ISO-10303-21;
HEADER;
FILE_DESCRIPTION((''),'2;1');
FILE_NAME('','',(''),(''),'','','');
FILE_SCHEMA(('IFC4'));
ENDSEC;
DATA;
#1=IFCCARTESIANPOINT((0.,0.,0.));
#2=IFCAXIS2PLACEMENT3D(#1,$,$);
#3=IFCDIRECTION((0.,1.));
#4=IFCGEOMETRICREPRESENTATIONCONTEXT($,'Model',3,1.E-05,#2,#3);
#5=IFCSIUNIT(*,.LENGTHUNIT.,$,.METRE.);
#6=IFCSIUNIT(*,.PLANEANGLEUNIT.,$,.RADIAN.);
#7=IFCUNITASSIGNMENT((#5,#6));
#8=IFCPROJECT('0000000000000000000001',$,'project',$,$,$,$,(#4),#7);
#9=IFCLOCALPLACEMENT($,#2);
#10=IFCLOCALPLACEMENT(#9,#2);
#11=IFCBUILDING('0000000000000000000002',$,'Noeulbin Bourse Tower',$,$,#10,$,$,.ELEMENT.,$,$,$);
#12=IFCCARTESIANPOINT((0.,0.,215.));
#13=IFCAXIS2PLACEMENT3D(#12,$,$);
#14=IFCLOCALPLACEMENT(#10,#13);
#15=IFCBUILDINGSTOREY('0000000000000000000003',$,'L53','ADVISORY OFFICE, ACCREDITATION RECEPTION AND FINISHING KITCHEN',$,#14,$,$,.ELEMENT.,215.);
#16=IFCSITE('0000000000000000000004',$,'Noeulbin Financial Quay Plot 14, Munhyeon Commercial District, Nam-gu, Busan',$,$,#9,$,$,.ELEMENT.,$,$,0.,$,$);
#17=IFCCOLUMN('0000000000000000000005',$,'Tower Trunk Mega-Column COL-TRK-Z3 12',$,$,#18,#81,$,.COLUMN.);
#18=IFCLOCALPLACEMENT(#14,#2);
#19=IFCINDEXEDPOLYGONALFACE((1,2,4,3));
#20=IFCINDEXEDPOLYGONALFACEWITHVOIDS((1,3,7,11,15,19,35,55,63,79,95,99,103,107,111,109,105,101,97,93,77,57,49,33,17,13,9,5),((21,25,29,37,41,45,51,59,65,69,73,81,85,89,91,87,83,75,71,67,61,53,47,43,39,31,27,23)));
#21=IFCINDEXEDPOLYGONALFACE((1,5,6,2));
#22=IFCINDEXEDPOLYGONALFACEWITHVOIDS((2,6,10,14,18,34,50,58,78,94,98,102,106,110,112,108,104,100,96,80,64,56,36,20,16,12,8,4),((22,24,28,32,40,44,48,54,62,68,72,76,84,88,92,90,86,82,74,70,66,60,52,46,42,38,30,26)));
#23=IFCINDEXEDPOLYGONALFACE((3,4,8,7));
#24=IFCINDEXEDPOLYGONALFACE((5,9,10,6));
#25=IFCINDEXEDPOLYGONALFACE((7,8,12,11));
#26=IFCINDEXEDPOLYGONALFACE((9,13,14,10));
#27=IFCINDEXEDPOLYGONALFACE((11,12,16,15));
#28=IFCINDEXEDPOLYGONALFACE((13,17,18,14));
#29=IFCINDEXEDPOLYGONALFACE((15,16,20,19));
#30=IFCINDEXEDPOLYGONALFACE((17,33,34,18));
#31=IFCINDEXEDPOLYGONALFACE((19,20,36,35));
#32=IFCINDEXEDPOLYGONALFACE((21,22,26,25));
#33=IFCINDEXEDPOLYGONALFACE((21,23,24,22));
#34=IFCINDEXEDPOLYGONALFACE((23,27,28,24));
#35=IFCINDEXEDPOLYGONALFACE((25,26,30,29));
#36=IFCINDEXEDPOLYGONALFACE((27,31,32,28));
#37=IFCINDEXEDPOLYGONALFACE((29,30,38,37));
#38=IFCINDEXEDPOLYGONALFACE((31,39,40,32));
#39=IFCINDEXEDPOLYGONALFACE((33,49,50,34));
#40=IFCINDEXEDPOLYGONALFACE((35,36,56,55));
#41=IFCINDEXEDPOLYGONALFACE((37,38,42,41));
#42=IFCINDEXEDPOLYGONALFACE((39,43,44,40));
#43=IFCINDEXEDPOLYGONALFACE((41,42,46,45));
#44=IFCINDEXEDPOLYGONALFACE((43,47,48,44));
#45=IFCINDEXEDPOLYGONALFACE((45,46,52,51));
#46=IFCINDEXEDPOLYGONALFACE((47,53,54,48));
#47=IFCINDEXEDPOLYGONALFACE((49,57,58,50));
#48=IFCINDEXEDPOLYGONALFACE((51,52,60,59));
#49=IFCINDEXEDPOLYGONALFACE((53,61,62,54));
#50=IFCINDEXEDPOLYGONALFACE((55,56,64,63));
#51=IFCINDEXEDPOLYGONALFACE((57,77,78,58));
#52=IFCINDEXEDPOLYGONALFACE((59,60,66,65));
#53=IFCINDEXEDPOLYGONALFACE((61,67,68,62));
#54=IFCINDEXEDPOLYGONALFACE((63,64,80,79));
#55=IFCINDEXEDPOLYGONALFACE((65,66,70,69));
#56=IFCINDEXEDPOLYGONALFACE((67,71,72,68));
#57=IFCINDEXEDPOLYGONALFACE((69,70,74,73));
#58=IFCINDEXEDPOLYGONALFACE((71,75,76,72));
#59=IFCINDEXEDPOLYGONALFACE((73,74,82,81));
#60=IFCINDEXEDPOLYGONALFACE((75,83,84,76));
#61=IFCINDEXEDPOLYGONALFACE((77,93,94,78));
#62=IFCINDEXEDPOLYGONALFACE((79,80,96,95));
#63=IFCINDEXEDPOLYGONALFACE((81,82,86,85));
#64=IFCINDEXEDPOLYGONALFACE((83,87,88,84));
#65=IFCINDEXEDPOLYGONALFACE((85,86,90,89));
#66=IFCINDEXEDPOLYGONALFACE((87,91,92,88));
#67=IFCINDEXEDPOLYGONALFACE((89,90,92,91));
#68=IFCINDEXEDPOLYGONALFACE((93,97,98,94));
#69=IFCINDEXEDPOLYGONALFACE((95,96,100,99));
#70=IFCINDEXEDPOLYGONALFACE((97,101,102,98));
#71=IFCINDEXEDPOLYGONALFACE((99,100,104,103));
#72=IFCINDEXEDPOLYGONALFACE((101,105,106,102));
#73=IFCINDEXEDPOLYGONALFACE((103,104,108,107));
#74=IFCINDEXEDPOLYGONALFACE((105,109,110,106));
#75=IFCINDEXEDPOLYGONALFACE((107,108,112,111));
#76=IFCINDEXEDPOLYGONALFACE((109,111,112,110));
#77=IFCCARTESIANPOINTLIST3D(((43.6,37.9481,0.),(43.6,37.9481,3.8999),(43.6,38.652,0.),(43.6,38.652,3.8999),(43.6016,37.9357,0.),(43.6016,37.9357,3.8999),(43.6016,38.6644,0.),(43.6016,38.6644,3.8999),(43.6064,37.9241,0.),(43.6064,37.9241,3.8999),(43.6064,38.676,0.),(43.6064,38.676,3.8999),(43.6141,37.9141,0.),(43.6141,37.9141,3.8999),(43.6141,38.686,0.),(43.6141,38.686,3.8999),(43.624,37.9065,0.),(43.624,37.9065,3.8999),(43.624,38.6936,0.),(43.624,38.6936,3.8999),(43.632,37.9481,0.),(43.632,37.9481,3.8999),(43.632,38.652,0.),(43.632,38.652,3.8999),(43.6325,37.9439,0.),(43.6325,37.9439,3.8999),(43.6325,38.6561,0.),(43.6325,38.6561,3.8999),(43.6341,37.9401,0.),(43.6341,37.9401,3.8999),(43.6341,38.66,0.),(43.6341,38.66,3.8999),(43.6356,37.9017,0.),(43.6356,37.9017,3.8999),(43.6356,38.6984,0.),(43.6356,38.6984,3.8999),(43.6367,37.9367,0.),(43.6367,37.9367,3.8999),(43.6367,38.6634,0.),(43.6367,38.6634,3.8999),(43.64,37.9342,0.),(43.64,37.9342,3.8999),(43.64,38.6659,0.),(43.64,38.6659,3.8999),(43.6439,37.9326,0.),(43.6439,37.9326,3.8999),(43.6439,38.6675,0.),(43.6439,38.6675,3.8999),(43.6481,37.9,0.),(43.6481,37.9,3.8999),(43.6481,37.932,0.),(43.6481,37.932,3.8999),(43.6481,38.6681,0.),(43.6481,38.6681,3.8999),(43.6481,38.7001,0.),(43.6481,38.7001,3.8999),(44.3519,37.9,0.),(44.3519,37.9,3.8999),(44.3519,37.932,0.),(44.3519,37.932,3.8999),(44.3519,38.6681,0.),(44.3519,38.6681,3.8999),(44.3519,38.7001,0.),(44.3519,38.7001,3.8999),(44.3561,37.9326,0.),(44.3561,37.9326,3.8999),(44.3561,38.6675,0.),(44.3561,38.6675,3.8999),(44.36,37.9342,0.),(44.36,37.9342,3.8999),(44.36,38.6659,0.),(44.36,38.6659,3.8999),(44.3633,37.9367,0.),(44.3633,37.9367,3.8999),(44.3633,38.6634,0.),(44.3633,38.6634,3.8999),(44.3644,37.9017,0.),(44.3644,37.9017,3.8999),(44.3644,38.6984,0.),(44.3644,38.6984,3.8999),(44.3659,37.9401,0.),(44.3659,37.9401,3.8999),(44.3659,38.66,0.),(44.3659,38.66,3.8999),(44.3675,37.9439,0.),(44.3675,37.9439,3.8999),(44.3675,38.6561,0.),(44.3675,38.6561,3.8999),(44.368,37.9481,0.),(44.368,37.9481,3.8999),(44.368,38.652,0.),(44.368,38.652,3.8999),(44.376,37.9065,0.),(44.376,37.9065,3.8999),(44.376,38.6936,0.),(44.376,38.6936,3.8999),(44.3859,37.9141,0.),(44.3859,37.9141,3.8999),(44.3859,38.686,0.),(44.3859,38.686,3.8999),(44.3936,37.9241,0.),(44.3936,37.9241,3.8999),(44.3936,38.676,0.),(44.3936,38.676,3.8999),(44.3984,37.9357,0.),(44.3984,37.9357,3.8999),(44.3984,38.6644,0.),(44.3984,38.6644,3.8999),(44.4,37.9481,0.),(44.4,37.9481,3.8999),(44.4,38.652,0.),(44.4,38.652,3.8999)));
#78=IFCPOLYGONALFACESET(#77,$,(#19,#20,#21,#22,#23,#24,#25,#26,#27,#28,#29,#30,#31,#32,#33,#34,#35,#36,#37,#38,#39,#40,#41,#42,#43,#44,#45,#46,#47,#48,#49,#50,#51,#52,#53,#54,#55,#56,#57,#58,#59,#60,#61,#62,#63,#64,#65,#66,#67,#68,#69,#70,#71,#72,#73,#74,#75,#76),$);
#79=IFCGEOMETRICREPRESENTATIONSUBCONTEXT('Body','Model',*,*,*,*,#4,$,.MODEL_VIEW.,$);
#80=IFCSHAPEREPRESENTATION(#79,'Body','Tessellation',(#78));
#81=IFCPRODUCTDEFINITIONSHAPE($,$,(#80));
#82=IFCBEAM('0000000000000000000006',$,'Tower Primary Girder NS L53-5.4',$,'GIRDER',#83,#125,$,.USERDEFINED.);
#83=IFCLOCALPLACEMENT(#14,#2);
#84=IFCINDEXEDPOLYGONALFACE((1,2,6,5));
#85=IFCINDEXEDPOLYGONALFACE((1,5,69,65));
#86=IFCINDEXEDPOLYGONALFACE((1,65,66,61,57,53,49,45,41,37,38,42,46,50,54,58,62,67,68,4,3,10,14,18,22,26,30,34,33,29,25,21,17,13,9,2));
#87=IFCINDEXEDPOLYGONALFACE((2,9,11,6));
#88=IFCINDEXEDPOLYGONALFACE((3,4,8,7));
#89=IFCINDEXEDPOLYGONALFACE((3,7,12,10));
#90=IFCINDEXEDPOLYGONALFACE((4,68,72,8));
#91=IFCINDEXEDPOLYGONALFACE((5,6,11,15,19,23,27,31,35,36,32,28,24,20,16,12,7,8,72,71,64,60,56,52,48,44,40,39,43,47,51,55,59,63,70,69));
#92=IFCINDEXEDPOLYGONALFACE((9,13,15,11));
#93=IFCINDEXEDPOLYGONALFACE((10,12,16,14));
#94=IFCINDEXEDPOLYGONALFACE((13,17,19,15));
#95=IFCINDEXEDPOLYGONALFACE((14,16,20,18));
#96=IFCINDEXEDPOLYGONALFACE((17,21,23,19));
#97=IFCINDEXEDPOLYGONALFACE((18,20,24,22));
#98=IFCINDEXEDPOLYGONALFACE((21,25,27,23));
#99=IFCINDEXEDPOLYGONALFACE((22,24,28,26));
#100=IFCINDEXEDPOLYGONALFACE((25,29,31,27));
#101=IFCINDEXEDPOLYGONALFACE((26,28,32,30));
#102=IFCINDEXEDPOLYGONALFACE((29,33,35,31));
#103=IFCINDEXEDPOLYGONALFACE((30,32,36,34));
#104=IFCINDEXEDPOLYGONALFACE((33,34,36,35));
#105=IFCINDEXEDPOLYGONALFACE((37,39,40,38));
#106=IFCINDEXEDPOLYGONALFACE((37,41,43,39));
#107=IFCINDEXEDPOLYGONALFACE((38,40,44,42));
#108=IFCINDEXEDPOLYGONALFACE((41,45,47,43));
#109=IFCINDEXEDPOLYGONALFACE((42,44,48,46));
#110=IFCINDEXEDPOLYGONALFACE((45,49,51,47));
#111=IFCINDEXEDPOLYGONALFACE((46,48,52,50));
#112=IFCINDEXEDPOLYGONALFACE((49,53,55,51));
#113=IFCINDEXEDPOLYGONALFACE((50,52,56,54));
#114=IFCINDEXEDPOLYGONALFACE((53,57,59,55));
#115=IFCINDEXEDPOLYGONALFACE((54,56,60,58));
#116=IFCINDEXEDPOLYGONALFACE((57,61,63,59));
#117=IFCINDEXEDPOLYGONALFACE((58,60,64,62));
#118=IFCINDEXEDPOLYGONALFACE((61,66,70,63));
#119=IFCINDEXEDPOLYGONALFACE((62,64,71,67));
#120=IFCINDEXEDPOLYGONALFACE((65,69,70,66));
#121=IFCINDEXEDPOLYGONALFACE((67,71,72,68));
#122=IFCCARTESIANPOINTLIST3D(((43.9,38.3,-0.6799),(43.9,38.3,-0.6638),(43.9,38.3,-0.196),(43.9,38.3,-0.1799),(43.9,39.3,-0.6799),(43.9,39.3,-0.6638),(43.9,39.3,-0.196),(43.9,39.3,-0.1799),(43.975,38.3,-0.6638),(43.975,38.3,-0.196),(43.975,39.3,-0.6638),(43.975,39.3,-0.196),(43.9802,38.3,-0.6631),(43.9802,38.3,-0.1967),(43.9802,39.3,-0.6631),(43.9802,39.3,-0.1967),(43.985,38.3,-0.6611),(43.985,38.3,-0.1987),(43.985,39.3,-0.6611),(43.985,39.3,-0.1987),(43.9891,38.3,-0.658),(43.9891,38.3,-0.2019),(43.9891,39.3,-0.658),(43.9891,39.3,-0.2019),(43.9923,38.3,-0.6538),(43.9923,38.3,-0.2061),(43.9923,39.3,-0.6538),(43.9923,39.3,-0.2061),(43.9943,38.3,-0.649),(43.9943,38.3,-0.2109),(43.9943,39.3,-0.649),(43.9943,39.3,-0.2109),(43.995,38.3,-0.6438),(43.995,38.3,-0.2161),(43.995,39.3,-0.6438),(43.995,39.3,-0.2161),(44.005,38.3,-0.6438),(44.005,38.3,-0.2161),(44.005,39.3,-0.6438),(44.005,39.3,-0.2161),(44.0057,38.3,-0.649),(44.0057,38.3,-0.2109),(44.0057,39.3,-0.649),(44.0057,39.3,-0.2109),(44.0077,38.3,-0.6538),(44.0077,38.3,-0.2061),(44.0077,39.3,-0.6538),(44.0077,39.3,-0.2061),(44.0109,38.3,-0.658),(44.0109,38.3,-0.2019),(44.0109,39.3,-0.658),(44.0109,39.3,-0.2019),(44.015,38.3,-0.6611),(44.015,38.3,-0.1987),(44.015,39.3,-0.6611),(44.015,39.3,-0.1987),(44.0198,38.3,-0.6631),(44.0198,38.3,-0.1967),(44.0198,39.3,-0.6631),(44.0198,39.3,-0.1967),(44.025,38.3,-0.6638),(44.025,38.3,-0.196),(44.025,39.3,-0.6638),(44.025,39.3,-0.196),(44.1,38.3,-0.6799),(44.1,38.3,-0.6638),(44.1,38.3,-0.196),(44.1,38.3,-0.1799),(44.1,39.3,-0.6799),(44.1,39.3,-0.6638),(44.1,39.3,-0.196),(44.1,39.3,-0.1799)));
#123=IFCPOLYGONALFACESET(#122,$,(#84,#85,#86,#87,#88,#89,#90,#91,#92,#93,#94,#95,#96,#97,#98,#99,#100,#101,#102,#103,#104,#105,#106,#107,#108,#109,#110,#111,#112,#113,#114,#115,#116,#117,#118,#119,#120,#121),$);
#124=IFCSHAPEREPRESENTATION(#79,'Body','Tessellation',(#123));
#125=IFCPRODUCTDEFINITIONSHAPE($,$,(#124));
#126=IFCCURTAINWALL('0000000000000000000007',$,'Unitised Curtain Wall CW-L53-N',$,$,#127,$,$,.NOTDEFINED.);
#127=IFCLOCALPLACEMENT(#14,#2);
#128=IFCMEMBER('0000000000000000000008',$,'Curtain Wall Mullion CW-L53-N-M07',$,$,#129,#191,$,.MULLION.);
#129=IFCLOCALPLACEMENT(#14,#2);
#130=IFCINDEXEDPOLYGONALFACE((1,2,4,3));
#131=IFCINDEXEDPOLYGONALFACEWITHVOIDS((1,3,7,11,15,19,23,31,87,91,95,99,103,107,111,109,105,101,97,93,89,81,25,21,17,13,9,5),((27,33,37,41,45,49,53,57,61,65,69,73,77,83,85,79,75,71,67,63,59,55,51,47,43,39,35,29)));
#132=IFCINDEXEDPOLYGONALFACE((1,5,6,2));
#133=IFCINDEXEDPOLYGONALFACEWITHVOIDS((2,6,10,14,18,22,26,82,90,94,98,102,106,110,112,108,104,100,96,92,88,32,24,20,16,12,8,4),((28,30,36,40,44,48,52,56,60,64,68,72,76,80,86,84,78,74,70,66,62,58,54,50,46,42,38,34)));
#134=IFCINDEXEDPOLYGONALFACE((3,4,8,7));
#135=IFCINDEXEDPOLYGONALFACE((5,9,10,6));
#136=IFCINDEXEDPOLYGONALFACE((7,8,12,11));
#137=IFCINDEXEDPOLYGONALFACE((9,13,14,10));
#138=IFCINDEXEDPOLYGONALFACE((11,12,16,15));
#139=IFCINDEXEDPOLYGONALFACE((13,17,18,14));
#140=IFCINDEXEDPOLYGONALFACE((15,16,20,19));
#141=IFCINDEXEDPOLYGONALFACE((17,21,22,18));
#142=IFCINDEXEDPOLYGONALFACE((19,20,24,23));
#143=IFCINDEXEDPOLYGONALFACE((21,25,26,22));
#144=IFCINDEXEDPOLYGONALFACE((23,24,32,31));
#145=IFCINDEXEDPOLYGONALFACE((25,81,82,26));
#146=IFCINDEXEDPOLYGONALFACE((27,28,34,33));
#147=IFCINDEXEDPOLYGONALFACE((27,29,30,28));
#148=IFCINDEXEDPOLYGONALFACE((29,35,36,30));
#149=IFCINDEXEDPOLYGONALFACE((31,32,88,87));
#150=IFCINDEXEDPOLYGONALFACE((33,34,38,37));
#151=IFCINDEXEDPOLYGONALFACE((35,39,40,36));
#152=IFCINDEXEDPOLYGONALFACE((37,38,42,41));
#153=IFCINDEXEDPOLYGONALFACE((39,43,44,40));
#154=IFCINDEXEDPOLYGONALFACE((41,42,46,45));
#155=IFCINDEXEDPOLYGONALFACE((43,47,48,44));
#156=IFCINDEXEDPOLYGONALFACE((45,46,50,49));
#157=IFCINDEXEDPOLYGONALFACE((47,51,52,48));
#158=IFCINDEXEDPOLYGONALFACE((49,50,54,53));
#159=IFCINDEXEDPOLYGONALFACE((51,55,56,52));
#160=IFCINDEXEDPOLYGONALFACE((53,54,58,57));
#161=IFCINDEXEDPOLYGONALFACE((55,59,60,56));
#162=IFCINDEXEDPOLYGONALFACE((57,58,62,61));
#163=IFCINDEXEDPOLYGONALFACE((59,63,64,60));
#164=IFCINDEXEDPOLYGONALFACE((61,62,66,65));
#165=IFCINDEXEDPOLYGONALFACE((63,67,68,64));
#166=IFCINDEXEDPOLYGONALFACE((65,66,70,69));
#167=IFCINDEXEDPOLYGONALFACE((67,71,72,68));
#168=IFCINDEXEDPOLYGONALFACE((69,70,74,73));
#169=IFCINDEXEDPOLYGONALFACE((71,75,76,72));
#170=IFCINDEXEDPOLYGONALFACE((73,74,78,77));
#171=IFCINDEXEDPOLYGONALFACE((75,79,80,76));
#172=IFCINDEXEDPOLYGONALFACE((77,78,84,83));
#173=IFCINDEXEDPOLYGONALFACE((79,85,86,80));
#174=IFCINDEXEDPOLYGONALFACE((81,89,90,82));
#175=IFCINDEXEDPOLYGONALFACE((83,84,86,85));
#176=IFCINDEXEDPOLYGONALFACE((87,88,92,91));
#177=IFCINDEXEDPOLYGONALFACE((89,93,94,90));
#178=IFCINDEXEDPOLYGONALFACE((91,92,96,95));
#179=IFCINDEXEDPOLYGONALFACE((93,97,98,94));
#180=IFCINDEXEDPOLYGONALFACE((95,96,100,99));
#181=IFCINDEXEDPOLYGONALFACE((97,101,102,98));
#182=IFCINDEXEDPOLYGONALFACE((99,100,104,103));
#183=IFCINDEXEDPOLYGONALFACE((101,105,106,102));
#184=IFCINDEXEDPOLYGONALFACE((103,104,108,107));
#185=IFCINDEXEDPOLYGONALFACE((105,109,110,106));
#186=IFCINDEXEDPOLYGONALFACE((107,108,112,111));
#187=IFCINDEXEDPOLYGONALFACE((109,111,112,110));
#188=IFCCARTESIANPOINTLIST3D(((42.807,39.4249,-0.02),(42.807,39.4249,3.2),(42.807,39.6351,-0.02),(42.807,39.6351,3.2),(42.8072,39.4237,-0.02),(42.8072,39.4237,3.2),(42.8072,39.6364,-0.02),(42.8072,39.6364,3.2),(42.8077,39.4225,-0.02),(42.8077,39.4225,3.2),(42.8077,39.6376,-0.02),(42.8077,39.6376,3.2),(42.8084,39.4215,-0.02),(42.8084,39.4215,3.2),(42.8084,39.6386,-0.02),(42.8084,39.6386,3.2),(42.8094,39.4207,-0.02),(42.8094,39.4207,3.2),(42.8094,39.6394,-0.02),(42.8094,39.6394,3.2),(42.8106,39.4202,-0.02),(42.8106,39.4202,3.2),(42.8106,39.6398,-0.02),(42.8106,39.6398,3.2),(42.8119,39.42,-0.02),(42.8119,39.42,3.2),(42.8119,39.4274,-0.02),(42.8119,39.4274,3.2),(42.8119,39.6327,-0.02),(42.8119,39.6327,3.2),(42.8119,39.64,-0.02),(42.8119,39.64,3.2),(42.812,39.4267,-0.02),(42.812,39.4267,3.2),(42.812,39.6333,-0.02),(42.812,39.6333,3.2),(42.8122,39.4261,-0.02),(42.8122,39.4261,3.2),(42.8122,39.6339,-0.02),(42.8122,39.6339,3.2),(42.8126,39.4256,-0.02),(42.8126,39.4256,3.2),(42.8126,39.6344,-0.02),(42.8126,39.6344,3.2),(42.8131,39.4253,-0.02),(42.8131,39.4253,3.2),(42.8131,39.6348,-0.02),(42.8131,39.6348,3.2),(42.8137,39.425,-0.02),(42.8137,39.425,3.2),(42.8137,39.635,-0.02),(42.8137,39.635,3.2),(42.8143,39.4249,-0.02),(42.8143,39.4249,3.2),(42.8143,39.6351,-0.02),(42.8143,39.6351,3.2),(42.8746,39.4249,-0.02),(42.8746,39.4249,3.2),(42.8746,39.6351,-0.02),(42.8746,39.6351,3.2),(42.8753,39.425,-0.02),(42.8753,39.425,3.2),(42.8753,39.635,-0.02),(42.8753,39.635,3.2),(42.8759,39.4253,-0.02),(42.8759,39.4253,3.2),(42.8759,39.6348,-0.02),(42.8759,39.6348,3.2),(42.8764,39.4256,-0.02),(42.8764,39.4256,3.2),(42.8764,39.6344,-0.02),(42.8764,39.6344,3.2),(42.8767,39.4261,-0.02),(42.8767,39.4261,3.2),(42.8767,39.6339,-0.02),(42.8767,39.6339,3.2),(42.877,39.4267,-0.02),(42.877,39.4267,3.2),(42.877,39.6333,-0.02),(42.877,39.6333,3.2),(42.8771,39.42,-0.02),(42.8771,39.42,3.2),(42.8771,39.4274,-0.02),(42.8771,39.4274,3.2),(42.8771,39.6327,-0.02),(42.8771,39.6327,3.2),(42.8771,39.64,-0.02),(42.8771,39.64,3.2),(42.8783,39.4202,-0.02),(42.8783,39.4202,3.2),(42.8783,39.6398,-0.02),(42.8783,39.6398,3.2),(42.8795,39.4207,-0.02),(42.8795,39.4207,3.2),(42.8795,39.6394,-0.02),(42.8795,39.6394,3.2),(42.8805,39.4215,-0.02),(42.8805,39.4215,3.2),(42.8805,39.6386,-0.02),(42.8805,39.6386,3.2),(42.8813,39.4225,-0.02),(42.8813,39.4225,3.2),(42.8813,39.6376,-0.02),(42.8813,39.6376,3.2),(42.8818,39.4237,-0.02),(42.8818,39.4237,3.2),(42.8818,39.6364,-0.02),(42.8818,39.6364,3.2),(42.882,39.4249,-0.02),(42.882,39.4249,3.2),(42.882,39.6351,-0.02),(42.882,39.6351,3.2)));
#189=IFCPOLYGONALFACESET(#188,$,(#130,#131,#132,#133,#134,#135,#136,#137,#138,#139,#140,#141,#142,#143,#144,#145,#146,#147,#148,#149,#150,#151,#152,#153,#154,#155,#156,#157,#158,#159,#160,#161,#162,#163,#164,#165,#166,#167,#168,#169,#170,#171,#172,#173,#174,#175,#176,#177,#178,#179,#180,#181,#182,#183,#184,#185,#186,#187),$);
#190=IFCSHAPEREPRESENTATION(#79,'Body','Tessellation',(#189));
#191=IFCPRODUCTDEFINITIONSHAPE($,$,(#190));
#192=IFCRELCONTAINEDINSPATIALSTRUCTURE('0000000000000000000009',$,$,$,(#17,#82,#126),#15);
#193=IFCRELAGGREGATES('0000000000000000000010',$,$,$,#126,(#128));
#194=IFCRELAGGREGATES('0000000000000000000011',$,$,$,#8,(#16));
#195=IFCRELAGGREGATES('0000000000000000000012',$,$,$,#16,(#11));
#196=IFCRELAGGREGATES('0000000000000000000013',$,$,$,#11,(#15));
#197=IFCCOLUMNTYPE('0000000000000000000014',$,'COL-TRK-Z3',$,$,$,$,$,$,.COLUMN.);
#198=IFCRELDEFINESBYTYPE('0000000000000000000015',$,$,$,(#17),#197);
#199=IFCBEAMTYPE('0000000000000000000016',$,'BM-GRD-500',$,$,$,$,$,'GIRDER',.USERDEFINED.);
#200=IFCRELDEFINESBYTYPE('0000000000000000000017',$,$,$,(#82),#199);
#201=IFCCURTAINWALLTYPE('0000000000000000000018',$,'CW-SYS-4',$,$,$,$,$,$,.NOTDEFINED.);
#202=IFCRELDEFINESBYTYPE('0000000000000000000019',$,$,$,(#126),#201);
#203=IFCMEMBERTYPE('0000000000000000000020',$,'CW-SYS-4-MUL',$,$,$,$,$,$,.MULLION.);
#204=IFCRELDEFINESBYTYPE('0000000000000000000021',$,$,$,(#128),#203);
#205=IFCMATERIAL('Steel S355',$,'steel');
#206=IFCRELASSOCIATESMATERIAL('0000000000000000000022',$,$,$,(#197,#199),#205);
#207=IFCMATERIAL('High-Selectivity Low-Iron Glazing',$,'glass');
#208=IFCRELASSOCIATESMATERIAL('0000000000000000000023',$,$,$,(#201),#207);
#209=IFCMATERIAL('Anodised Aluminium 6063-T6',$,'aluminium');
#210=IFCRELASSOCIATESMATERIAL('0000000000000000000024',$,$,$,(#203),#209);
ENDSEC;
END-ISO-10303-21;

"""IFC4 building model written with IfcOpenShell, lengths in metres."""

from ifc_helpers import new_model, si_unit, direction, frame, origin, origin_2d, place, context, subcontext, project, spatial, hollow_rectangle, i_section, extrude, material, material_profile, profile_set, type_object, element, aggregate, save


model = new_model("IFC4")

# Units and contexts
model_context = context("Model", 3, precision=1e-05, world=origin(), true_north=direction((0.0, 1.0)))
body_context = subcontext(model_context, "Body", "Model", "MODEL_VIEW")
ifc_project = project(units=[si_unit("LENGTHUNIT", "METRE"), si_unit("PLANEANGLEUNIT", "RADIAN")], contexts=[model_context])

# Site, building, storey
site_placement = place(None, origin())
site = spatial("IfcSite", under=ifc_project, at=site_placement, Name="Noeulbin Financial Quay Plot 14, Munhyeon Commercial District, Nam-gu, Busan", CompositionType="ELEMENT", RefElevation=0.0)
building_placement = place(site_placement, origin())
building = spatial("IfcBuilding", under=site, at=building_placement, Name="Noeulbin Bourse Tower", CompositionType="ELEMENT")
storey_placement = place(building_placement, frame((0.0, 0.0, 215.0)))
storey = spatial("IfcBuildingStorey", under=building, at=storey_placement, Name="L53", Description="ADVISORY OFFICE, ACCREDITATION RECEPTION AND FINISHING KITCHEN", CompositionType="ELEMENT", Elevation=215.0)

# Column
ifc_material_1 = material(Name="Steel S355", Category="steel")
ifc_material_profile_1 = material_profile(ifc_material_1, hollow_rectangle(XDim=0.8, YDim=0.8, WallThickness=0.032, InnerFilletRadius=0.0161, OuterFilletRadius=0.0481, at=origin_2d()), Name="BOX-800x800x32", Category="LoadBearing")
ifc_profile_set_1 = profile_set([ifc_material_profile_1], Name="Steel S355")
column_type = type_object("IfcColumnType", Name="COL-TRK-Z3", PredefinedType="COLUMN", material=ifc_profile_set_1)
column_placement = place(storey_placement, frame((44.0, 38.3, 0.0), z_axis=(0.0, 0.0, 1.0), x_axis=(1.0, 0.0, 0.0)))
element("IfcColumn", 1, at=column_placement, inside=storey, type_object=column_type, Name="Tower Trunk Mega-Column COL-TRK-Z3 12", PredefinedType="COLUMN", context=body_context, shape_type="SweptSolid", body=[
    extrude(hollow_rectangle(XDim=0.8, YDim=0.8, WallThickness=0.032, InnerFilletRadius=0.0161, OuterFilletRadius=0.0481, at=origin_2d()), origin(), (0.0, 0.0, 1.0), 3.8999),
])

# Beam
ifc_material_profile_2 = material_profile(ifc_material_1, i_section(OverallWidth=0.2, OverallDepth=0.5, WebThickness=0.01, FlangeThickness=0.0161, FilletRadius=0.02, at=origin_2d()), Name="H-500x200x10x16", Category="LoadBearing")
ifc_profile_set_2 = profile_set([ifc_material_profile_2], Name="Steel S355")
beam_type = type_object("IfcBeamType", Name="BM-GRD-500", ElementType="GIRDER", PredefinedType="USERDEFINED", material=ifc_profile_set_2)
beam_placement = place(storey_placement, frame((44.0, 38.3, -0.4299), z_axis=(0.0, 1.0, 0.0), x_axis=(-1.0, 0.0, 0.0)))
element("IfcBeam", 2, at=beam_placement, inside=storey, type_object=beam_type, Name="Tower Primary Girder NS L53-5.4", ObjectType="GIRDER", PredefinedType="USERDEFINED", context=body_context, shape_type="SweptSolid", body=[
    extrude(i_section(OverallWidth=0.2, OverallDepth=0.5, WebThickness=0.01, FlangeThickness=0.0161, FilletRadius=0.02, at=origin_2d()), origin(), (0.0, 0.0, 1.0), 1.0),
])

# Curtain wall, member
ifc_material_2 = material(Name="High-Selectivity Low-Iron Glazing", Category="glass")
curtain_wall_type = type_object("IfcCurtainWallType", Name="CW-SYS-4", PredefinedType="NOTDEFINED", material=ifc_material_2)
curtain_wall_1_placement = place(storey_placement, origin())
curtain_wall_1 = element("IfcCurtainWall", 3, at=curtain_wall_1_placement, inside=storey, type_object=curtain_wall_type, Name="Unitised Curtain Wall CW-L53-N", PredefinedType="NOTDEFINED")
ifc_material_3 = material(Name="Anodised Aluminium 6063-T6", Category="aluminium")
ifc_material_profile_3 = material_profile(ifc_material_3, hollow_rectangle(XDim=0.075, YDim=0.22, WallThickness=0.0049, InnerFilletRadius=0.0024, OuterFilletRadius=0.0049, at=origin_2d()), Name="ALU-MULL-75x220x5", Category="LoadBearing")
ifc_profile_set_3 = profile_set([ifc_material_profile_3], Name="Anodised Aluminium 6063-T6")
member_type_1 = type_object("IfcMemberType", Name="CW-SYS-4-MUL", PredefinedType="MULLION", material=ifc_profile_set_3)
member_1_placement = place(storey_placement, frame((42.8445, 39.53, -0.02), z_axis=(0.0, 0.0, 1.0), x_axis=(1.0, 0.0, 0.0)))
member_1 = element("IfcMember", 4, at=member_1_placement, type_object=member_type_1, Name="Curtain Wall Mullion CW-L53-N-M07", PredefinedType="MULLION", context=body_context, shape_type="SweptSolid", body=[
    extrude(hollow_rectangle(XDim=0.075, YDim=0.22, WallThickness=0.0049, InnerFilletRadius=0.0024, OuterFilletRadius=0.0049, at=origin_2d()), origin(), (0.0, 0.0, 1.0), 3.22),
])

aggregate(curtain_wall_1, [member_1])

save(model, "model.ifc")
